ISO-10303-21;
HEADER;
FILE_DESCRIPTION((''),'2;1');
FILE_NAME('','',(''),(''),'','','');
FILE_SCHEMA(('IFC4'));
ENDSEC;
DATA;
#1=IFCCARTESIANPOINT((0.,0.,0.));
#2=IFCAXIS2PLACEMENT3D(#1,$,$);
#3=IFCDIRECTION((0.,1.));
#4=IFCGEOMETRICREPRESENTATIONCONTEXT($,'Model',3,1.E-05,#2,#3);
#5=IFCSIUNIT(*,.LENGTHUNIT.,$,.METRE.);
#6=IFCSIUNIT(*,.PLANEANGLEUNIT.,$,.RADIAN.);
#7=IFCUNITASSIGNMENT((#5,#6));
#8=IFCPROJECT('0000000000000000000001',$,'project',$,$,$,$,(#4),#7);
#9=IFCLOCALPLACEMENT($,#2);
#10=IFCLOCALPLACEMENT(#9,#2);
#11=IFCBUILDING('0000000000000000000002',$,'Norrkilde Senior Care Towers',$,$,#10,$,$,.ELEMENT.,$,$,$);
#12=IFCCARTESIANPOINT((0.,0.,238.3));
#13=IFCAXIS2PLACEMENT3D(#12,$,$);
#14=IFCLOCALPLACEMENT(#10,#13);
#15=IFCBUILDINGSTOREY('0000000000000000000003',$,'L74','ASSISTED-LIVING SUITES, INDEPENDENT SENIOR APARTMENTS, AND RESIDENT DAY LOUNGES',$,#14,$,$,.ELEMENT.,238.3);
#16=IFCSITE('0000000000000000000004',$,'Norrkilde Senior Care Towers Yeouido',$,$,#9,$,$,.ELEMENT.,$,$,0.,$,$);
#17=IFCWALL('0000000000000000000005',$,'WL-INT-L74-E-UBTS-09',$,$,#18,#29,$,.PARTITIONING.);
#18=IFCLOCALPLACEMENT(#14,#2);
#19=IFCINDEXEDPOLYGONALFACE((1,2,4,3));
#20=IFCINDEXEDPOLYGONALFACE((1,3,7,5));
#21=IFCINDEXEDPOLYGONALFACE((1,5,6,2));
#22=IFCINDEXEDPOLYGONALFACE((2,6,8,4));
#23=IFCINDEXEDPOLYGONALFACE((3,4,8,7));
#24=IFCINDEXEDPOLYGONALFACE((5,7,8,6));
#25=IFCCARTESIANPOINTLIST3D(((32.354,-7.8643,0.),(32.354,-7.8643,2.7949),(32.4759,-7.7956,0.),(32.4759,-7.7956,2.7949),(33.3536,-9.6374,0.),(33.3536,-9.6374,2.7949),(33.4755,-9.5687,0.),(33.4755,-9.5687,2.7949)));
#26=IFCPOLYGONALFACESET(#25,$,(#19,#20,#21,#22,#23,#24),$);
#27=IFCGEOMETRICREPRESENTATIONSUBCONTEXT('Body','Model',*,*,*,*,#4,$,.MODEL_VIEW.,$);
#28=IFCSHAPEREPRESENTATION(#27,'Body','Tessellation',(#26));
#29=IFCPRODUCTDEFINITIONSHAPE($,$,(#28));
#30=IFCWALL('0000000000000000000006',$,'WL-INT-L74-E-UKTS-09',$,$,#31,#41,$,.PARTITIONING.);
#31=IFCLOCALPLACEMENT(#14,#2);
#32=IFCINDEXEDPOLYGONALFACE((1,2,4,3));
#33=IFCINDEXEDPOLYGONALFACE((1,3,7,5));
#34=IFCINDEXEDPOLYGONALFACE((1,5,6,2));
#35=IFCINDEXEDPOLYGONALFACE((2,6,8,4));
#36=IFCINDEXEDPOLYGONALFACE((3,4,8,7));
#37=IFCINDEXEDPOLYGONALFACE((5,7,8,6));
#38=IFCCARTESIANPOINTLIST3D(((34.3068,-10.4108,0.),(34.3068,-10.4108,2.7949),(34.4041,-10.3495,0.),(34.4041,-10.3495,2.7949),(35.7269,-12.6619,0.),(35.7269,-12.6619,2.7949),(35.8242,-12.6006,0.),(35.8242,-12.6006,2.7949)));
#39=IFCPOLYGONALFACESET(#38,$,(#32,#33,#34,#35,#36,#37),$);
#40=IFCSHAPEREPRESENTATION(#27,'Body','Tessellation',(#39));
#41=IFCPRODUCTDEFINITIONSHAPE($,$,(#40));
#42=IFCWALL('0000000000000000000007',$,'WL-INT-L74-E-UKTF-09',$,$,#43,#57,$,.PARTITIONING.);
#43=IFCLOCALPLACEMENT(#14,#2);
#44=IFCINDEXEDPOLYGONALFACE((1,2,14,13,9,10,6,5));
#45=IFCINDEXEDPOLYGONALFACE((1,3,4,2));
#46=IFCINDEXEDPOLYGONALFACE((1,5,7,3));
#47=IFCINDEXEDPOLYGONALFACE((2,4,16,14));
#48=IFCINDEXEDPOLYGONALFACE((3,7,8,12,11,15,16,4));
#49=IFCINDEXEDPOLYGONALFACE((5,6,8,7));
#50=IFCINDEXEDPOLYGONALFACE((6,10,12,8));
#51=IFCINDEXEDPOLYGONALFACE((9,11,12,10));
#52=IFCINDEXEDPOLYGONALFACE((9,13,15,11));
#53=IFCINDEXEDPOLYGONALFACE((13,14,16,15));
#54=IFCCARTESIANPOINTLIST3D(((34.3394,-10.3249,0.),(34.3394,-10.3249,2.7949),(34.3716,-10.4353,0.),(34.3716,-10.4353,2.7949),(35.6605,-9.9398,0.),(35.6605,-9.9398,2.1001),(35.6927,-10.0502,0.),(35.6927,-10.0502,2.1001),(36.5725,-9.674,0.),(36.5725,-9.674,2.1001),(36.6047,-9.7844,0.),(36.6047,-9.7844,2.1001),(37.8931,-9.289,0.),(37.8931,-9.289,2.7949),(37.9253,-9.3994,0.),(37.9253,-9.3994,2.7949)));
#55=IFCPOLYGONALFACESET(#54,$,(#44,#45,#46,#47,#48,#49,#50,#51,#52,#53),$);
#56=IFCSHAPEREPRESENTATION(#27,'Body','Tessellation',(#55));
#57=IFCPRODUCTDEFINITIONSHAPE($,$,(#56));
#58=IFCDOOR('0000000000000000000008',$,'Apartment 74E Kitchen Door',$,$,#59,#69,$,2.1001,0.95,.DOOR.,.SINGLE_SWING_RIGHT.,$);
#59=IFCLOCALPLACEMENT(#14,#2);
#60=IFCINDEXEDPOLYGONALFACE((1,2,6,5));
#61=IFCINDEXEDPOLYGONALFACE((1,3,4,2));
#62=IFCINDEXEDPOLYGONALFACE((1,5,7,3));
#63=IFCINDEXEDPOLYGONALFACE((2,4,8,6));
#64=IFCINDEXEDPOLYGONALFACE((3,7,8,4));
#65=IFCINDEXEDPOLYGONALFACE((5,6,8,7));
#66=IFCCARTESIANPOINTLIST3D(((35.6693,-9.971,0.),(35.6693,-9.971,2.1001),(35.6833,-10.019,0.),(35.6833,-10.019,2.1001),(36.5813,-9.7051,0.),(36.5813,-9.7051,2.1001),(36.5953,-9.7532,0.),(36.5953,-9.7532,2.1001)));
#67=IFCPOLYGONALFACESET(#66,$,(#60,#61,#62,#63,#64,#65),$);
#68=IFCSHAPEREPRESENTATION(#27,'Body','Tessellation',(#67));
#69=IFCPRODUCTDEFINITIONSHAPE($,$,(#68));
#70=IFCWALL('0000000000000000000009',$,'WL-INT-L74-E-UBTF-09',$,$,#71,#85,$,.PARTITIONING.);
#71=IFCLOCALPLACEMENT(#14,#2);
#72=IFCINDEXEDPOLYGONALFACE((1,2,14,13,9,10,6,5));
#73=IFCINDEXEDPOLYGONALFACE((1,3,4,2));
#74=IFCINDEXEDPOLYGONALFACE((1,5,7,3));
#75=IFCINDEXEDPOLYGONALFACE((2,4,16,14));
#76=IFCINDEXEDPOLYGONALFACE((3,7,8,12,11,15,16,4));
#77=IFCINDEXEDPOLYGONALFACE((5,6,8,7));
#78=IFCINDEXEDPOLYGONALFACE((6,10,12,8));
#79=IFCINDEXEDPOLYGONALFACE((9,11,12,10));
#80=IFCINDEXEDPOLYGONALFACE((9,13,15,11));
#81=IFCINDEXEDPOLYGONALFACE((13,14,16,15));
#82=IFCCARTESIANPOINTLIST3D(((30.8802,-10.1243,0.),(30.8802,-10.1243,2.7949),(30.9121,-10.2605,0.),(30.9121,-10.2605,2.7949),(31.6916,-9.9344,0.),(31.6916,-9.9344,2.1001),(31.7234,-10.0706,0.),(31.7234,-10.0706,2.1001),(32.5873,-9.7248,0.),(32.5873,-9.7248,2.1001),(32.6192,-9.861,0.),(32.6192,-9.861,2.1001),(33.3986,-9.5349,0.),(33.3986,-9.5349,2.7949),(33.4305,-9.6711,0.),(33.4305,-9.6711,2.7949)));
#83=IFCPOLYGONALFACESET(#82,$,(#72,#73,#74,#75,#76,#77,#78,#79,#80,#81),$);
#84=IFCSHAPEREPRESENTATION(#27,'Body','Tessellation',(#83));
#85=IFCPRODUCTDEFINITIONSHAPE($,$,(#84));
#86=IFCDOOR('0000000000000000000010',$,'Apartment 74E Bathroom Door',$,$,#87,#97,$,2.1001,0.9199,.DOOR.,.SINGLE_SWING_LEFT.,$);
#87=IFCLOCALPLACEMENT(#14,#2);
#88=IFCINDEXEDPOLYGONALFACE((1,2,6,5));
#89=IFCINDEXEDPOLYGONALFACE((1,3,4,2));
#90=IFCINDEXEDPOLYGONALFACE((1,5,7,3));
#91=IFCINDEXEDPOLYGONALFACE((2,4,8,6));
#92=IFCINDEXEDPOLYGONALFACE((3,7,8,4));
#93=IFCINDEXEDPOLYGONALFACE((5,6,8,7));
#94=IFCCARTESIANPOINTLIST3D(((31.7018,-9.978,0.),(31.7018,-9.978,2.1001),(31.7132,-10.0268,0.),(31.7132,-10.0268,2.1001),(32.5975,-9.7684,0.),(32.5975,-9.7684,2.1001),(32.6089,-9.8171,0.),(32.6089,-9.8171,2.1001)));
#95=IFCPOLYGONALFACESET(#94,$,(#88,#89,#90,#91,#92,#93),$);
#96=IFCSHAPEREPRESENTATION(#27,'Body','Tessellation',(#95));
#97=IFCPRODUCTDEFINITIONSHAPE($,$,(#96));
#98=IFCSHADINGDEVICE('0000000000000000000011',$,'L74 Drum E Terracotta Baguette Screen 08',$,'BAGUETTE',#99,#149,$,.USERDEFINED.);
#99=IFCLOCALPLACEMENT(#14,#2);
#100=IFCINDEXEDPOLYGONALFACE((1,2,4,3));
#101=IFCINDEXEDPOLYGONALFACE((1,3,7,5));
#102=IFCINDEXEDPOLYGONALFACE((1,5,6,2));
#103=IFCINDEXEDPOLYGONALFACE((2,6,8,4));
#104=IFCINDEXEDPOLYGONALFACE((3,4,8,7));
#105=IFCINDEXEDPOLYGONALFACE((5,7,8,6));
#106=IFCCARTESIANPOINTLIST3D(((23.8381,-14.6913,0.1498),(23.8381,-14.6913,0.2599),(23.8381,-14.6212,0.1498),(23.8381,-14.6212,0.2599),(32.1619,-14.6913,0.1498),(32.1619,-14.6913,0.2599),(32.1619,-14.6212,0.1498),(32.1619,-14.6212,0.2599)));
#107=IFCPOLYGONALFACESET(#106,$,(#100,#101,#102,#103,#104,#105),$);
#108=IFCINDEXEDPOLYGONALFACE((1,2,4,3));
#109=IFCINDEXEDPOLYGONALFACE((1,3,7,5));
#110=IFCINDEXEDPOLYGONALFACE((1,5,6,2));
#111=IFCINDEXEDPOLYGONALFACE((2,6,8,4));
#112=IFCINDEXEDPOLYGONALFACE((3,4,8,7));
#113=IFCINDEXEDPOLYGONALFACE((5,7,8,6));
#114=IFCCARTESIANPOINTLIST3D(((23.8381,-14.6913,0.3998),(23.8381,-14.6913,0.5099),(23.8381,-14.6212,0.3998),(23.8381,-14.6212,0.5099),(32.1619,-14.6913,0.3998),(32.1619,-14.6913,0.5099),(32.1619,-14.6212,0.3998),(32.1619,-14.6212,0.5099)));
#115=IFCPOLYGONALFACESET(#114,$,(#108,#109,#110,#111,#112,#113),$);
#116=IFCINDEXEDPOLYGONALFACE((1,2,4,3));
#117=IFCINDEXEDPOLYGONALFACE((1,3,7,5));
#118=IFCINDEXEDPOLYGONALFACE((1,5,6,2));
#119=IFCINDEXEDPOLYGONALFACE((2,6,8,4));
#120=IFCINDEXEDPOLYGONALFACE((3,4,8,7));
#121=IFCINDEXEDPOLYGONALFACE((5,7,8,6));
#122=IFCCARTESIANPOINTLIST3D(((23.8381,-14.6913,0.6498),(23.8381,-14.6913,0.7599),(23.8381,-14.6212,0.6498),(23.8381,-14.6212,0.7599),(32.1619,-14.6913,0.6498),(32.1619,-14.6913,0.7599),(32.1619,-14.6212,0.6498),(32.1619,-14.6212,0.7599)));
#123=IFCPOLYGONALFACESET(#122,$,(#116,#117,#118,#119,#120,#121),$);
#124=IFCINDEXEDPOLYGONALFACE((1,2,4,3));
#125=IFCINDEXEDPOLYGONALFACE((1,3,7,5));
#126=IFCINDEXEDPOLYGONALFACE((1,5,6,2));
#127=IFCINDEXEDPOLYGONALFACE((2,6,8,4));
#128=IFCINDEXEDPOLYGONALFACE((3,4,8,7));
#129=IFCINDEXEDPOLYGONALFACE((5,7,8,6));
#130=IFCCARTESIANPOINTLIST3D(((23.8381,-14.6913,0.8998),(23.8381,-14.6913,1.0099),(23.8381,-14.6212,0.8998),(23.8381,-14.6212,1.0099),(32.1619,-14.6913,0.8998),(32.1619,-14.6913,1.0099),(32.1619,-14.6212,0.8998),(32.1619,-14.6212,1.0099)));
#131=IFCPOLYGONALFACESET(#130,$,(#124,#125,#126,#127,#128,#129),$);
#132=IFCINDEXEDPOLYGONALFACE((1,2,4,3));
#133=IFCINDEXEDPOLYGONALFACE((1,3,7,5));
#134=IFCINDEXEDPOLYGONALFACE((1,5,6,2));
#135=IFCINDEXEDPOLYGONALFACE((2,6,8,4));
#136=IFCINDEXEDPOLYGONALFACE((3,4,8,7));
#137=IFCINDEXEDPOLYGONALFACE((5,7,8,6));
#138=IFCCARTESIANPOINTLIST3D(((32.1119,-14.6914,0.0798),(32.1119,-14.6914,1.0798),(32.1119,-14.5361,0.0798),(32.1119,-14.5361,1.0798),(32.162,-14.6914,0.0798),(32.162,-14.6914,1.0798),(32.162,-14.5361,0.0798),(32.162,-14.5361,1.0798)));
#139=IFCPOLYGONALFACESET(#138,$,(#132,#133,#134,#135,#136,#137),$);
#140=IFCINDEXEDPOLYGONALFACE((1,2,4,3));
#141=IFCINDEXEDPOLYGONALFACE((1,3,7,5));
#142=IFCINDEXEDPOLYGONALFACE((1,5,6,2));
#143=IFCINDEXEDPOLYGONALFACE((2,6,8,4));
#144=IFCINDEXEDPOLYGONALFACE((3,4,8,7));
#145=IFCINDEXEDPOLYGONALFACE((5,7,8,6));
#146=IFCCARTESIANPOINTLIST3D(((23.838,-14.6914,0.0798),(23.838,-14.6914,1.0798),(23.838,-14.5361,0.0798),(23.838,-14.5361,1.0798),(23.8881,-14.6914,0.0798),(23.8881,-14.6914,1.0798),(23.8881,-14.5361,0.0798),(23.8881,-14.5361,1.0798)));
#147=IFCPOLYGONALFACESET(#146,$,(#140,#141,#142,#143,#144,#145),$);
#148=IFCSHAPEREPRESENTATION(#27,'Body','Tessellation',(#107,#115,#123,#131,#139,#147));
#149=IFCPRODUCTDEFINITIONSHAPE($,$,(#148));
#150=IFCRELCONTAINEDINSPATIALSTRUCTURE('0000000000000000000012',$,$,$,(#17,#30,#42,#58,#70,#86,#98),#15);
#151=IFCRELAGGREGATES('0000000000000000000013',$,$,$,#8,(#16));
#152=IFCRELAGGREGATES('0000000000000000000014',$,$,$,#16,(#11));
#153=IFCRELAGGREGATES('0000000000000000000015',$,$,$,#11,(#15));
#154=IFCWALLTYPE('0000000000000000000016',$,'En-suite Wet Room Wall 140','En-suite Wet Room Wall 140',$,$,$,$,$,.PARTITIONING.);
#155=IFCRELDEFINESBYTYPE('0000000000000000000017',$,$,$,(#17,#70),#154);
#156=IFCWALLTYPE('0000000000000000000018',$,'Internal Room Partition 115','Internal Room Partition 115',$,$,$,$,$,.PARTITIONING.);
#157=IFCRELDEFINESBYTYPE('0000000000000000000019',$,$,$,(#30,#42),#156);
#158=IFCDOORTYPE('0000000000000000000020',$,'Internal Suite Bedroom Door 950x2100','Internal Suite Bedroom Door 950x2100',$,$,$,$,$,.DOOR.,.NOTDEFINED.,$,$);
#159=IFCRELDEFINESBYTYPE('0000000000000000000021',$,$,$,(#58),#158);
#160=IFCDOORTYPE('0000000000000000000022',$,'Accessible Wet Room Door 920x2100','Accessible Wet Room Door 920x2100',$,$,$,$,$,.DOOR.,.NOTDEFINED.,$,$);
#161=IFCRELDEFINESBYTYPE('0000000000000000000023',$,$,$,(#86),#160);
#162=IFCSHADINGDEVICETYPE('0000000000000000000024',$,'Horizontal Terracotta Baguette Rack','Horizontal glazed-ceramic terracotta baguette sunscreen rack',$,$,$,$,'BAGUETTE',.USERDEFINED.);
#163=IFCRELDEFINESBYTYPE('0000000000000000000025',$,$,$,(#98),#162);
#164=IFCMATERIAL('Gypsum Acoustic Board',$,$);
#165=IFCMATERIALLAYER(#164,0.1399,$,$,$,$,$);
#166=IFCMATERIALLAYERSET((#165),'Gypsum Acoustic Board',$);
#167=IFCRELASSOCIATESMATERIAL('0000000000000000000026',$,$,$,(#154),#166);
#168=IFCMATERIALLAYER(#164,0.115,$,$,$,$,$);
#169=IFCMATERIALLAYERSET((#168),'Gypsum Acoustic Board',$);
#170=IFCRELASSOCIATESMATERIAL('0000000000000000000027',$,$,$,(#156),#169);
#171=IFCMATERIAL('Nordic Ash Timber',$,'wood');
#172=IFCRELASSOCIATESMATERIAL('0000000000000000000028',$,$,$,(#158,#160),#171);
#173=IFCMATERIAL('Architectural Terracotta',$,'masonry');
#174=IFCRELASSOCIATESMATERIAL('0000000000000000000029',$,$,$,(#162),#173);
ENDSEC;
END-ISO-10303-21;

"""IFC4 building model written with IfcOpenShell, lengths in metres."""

from ifc_helpers import new_model, si_unit, direction, frame, frame_2d, origin, origin_2d, place, context, subcontext, project, spatial, rectangle, extrude, source, transform, mapped, material, layer, layer_set, type_object, type_shapes, element, fill, save


model = new_model("IFC4")

# Units and contexts
model_context = context("Model", 3, precision=1e-05, world=origin(), true_north=direction((0.0, 1.0)))
body_context = subcontext(model_context, "Body", "Model", "MODEL_VIEW")
ifc_project = project(units=[si_unit("LENGTHUNIT", "METRE"), si_unit("PLANEANGLEUNIT", "RADIAN")], contexts=[model_context])

# Site, building, storey
site_placement = place(None, origin())
site = spatial("IfcSite", under=ifc_project, at=site_placement, Name="Norrkilde Senior Care Towers Yeouido", CompositionType="ELEMENT", RefElevation=0.0)
building_placement = place(site_placement, origin())
building = spatial("IfcBuilding", under=site, at=building_placement, Name="Norrkilde Senior Care Towers", CompositionType="ELEMENT")
storey_placement = place(building_placement, frame((0.0, 0.0, 238.3)))
storey = spatial("IfcBuildingStorey", under=building, at=storey_placement, Name="L74", Description="ASSISTED-LIVING SUITES, INDEPENDENT SENIOR APARTMENTS, AND RESIDENT DAY LOUNGES", CompositionType="ELEMENT", Elevation=238.3)

# Shared definitions
ifc_material_1 = material(Name="Gypsum Acoustic Board")

# Shared definitions
ifc_layer_1 = layer(ifc_material_1, 0.1399)
ifc_layer_set_1 = layer_set([ifc_layer_1], Name="Gypsum Acoustic Board")
wall_type_1 = type_object("IfcWallType", Name="En-suite Wet Room Wall 140", Description="En-suite Wet Room Wall 140", PredefinedType="PARTITIONING", material=ifc_layer_set_1)

# Walls
shared_shape_1 = source(origin(), body_context, "Body", "SweptSolid", [
    extrude(rectangle(XDim=2.0354, YDim=0.1399, at=frame_2d((1.0176, 0.0))), origin(), (0.0, 0.0, 1.0), 2.7949),
])
wall_1_placement = place(storey_placement, frame((32.415, -7.8301, 0.0), z_axis=(0.0, 0.0, 1.0), x_axis=(0.491093, -0.871107, 0.0)))
element("IfcWall", 1, at=wall_1_placement, inside=storey, type_object=wall_type_1, Name="WL-INT-L74-E-UBTS-09", PredefinedType="PARTITIONING", context=body_context, shape_type="MappedRepresentation", body=[
    mapped(shared_shape_1, transform((0.0, 0.0, 0.0), x_axis=(1.0, 0.0, 0.0), y_axis=(0.0, 1.0, 0.0), z_axis=(0.0, 0.0, 1.0), scale=1.0)),
])
ifc_layer_2 = layer(ifc_material_1, 0.115)
ifc_layer_set_2 = layer_set([ifc_layer_2], Name="Gypsum Acoustic Board")
wall_type_2 = type_object("IfcWallType", Name="Internal Room Partition 115", Description="Internal Room Partition 115", PredefinedType="PARTITIONING", material=ifc_layer_set_2)
shared_shape_2 = source(origin(), body_context, "Body", "SweptSolid", [
    extrude(rectangle(XDim=2.6616, YDim=0.115, at=frame_2d((1.3308, 0.0))), origin(), (0.0, 0.0, 1.0), 2.7949),
])
wall_2_placement = place(storey_placement, frame((34.3555, -10.3801, 0.0), z_axis=(0.0, 0.0, 1.0), x_axis=(0.533548, -0.84577, 0.0)))
element("IfcWall", 2, at=wall_2_placement, inside=storey, type_object=wall_type_2, Name="WL-INT-L74-E-UKTS-09", PredefinedType="PARTITIONING", context=body_context, shape_type="MappedRepresentation", body=[
    mapped(shared_shape_2, transform((0.0, 0.0, 0.0), x_axis=(1.0, 0.0, 0.0), y_axis=(0.0, 1.0, 0.0), z_axis=(0.0, 0.0, 1.0), scale=1.0)),
])

# Walls, openings, doors
shared_shape_3 = source(origin(), body_context, "Body", "SweptSolid", [
    extrude(rectangle(XDim=3.7017, YDim=0.115, at=frame_2d((1.8508, 0.0))), origin(), (0.0, 0.0, 1.0), 2.7949),
])
type_shapes(wall_type_2, [shared_shape_2, shared_shape_3])
wall_3_placement = place(storey_placement, frame((34.3555, -10.3801, 0.0), z_axis=(0.0, 0.0, 1.0), x_axis=(0.960044, 0.279848, 0.0)))
wall_3 = element("IfcWall", 3, at=wall_3_placement, inside=storey, type_object=wall_type_2, Name="WL-INT-L74-E-UKTF-09", PredefinedType="PARTITIONING", context=body_context, shape_type="MappedRepresentation", body=[
    mapped(shared_shape_3, transform((0.0, 0.0, 0.0), x_axis=(1.0, 0.0, 0.0), y_axis=(0.0, 1.0, 0.0), z_axis=(0.0, 0.0, 1.0), scale=1.0)),
])
opening_1_placement = place(wall_3_placement, frame((1.376, 0.0, 0.0)))
opening_1 = element("IfcOpeningElement", 4, at=opening_1_placement, cuts=wall_3, PredefinedType="OPENING", context=body_context, shape_type="SweptSolid", body=[
    extrude(rectangle(XDim=0.95, YDim=2.1001, at=frame_2d((0.4751, 1.05))), frame((0.0, 0.0674, 0.0), z_axis=(0.0, -1.0, 0.0), x_axis=(1.0, 0.0, 0.0)), (0.0, 0.0, 1.0), 0.135),
])
ifc_material_2 = material(Name="Nordic Ash Timber", Category="wood")
door_type_1 = type_object("IfcDoorType", Name="Internal Suite Bedroom Door 950x2100", Description="Internal Suite Bedroom Door 950x2100", OperationType="NOTDEFINED", PredefinedType="DOOR", material=ifc_material_2)
shared_shape_4 = source(origin(), body_context, "Body", "SweptSolid", [
    extrude(rectangle(XDim=0.95, YDim=2.1001, at=frame_2d((0.4751, 1.05))), frame((0.0, 0.0249, 0.0), z_axis=(0.0, -1.0, 0.0), x_axis=(1.0, 0.0, 0.0)), (0.0, 0.0, 1.0), 0.05),
])
type_shapes(door_type_1, [shared_shape_4])
door_1_placement = place(opening_1_placement, frame((0.95, 0.0, 0.0), z_axis=(0.0, 0.0, 1.0), x_axis=(-1.0, 0.0, 0.0)))
door_1 = element("IfcDoor", 5, at=door_1_placement, inside=storey, type_object=door_type_1, Name="Apartment 74E Kitchen Door", OperationType="SINGLE_SWING_RIGHT", OverallHeight=2.1001, OverallWidth=0.95, PredefinedType="DOOR", context=body_context, shape_type="MappedRepresentation", body=[
    mapped(shared_shape_4, transform((0.0, 0.0, 0.0), x_axis=(1.0, 0.0, 0.0), y_axis=(0.0, 1.0, 0.0), z_axis=(0.0, 0.0, 1.0), scale=1.0)),
])
fill(opening_1, door_1)
shared_shape_5 = source(origin(), body_context, "Body", "SweptSolid", [
    extrude(rectangle(XDim=2.5864, YDim=0.1399, at=frame_2d((1.2932, 0.0))), origin(), (0.0, 0.0, 1.0), 2.7949),
])
wall_4_placement = place(storey_placement, frame((33.4146, -9.603, 0.0), z_axis=(0.0, 0.0, 1.0), x_axis=(-0.973691, -0.227871, 0.0)))
wall_4 = element("IfcWall", 6, at=wall_4_placement, inside=storey, type_object=wall_type_1, Name="WL-INT-L74-E-UBTF-09", PredefinedType="PARTITIONING", context=body_context, shape_type="MappedRepresentation", body=[
    mapped(shared_shape_5, transform((0.0, 0.0, 0.0), x_axis=(1.0, 0.0, 0.0), y_axis=(0.0, 1.0, 0.0), z_axis=(0.0, 0.0, 1.0), scale=1.0)),
])
opening_2_placement = place(wall_4_placement, frame((0.8333, 0.0, 0.0)))
opening_2 = element("IfcOpeningElement", 7, at=opening_2_placement, cuts=wall_4, PredefinedType="OPENING", context=body_context, shape_type="SweptSolid", body=[
    extrude(rectangle(XDim=0.9199, YDim=2.1001, at=frame_2d((0.46, 1.05))), frame((0.0, 0.0798, 0.0), z_axis=(0.0, -1.0, 0.0), x_axis=(1.0, 0.0, 0.0)), (0.0, 0.0, 1.0), 0.1599),
])
door_type_2 = type_object("IfcDoorType", Name="Accessible Wet Room Door 920x2100", Description="Accessible Wet Room Door 920x2100", OperationType="NOTDEFINED", PredefinedType="DOOR", material=ifc_material_2)
shared_shape_6 = source(origin(), body_context, "Body", "SweptSolid", [
    extrude(rectangle(XDim=0.9199, YDim=2.1001, at=frame_2d((0.46, 1.05))), frame((0.0, 0.0249, 0.0), z_axis=(0.0, -1.0, 0.0), x_axis=(1.0, 0.0, 0.0)), (0.0, 0.0, 1.0), 0.05),
])
type_shapes(door_type_2, [shared_shape_6])
door_2_placement = place(opening_2_placement, origin())
door_2 = element("IfcDoor", 8, at=door_2_placement, inside=storey, type_object=door_type_2, Name="Apartment 74E Bathroom Door", OperationType="SINGLE_SWING_LEFT", OverallHeight=2.1001, OverallWidth=0.9199, PredefinedType="DOOR", context=body_context, shape_type="MappedRepresentation", body=[
    mapped(shared_shape_6, transform((0.0, 0.0, 0.0), x_axis=(1.0, 0.0, 0.0), y_axis=(0.0, 1.0, 0.0), z_axis=(0.0, 0.0, 1.0), scale=1.0)),
])
fill(opening_2, door_2)

# Shading device
ifc_material_3 = material(Name="Architectural Terracotta", Category="masonry")
shading_device_type = type_object("IfcShadingDeviceType", Name="Horizontal Terracotta Baguette Rack", Description="Horizontal glazed-ceramic terracotta baguette sunscreen rack", ElementType="BAGUETTE", PredefinedType="USERDEFINED", material=ifc_material_3)
shared_shape_7 = source(origin(), body_context, "Body", "SweptSolid", [
    extrude(rectangle(XDim=0.0701, YDim=0.1101, at=origin_2d()), frame((0.0, 0.0901, 0.125), z_axis=(1.0, 0.0, 0.0), x_axis=(0.0, 1.0, 0.0)), (0.0, 0.0, 1.0), 8.3237),
    extrude(rectangle(XDim=0.0701, YDim=0.1101, at=origin_2d()), frame((0.0, 0.0901, 0.375), z_axis=(1.0, 0.0, 0.0), x_axis=(0.0, 1.0, 0.0)), (0.0, 0.0, 1.0), 8.3237),
    extrude(rectangle(XDim=0.0701, YDim=0.1101, at=origin_2d()), frame((0.0, 0.0901, 0.625), z_axis=(1.0, 0.0, 0.0), x_axis=(0.0, 1.0, 0.0)), (0.0, 0.0, 1.0), 8.3237),
    extrude(rectangle(XDim=0.0701, YDim=0.1101, at=origin_2d()), frame((0.0, 0.0901, 0.875), z_axis=(1.0, 0.0, 0.0), x_axis=(0.0, 1.0, 0.0)), (0.0, 0.0, 1.0), 8.3237),
    extrude(rectangle(XDim=0.05, YDim=0.1553, at=origin_2d()), frame((0.0249, 0.0476, 0.0)), (0.0, 0.0, 1.0), 1.0),
    extrude(rectangle(XDim=0.05, YDim=0.1553, at=origin_2d()), frame((8.2988, 0.0476, 0.0)), (0.0, 0.0, 1.0), 1.0),
])
type_shapes(shading_device_type, [shared_shape_7])
shading_device_placement = place(storey_placement, frame((32.1619, -14.5662, 0.0798), z_axis=(0.0, 0.0, 1.0), x_axis=(-1.0, 0.0, 0.0)))
element("IfcShadingDevice", 9, at=shading_device_placement, inside=storey, type_object=shading_device_type, Name="L74 Drum E Terracotta Baguette Screen 08", ObjectType="BAGUETTE", PredefinedType="USERDEFINED", context=body_context, shape_type="MappedRepresentation", body=[
    mapped(shared_shape_7, transform((0.0, 0.0, 0.0), x_axis=(1.0, 0.0, 0.0), y_axis=(0.0, 1.0, 0.0), z_axis=(0.0, 0.0, 1.0), scale=1.0)),
])

save(model, "model.ifc")
